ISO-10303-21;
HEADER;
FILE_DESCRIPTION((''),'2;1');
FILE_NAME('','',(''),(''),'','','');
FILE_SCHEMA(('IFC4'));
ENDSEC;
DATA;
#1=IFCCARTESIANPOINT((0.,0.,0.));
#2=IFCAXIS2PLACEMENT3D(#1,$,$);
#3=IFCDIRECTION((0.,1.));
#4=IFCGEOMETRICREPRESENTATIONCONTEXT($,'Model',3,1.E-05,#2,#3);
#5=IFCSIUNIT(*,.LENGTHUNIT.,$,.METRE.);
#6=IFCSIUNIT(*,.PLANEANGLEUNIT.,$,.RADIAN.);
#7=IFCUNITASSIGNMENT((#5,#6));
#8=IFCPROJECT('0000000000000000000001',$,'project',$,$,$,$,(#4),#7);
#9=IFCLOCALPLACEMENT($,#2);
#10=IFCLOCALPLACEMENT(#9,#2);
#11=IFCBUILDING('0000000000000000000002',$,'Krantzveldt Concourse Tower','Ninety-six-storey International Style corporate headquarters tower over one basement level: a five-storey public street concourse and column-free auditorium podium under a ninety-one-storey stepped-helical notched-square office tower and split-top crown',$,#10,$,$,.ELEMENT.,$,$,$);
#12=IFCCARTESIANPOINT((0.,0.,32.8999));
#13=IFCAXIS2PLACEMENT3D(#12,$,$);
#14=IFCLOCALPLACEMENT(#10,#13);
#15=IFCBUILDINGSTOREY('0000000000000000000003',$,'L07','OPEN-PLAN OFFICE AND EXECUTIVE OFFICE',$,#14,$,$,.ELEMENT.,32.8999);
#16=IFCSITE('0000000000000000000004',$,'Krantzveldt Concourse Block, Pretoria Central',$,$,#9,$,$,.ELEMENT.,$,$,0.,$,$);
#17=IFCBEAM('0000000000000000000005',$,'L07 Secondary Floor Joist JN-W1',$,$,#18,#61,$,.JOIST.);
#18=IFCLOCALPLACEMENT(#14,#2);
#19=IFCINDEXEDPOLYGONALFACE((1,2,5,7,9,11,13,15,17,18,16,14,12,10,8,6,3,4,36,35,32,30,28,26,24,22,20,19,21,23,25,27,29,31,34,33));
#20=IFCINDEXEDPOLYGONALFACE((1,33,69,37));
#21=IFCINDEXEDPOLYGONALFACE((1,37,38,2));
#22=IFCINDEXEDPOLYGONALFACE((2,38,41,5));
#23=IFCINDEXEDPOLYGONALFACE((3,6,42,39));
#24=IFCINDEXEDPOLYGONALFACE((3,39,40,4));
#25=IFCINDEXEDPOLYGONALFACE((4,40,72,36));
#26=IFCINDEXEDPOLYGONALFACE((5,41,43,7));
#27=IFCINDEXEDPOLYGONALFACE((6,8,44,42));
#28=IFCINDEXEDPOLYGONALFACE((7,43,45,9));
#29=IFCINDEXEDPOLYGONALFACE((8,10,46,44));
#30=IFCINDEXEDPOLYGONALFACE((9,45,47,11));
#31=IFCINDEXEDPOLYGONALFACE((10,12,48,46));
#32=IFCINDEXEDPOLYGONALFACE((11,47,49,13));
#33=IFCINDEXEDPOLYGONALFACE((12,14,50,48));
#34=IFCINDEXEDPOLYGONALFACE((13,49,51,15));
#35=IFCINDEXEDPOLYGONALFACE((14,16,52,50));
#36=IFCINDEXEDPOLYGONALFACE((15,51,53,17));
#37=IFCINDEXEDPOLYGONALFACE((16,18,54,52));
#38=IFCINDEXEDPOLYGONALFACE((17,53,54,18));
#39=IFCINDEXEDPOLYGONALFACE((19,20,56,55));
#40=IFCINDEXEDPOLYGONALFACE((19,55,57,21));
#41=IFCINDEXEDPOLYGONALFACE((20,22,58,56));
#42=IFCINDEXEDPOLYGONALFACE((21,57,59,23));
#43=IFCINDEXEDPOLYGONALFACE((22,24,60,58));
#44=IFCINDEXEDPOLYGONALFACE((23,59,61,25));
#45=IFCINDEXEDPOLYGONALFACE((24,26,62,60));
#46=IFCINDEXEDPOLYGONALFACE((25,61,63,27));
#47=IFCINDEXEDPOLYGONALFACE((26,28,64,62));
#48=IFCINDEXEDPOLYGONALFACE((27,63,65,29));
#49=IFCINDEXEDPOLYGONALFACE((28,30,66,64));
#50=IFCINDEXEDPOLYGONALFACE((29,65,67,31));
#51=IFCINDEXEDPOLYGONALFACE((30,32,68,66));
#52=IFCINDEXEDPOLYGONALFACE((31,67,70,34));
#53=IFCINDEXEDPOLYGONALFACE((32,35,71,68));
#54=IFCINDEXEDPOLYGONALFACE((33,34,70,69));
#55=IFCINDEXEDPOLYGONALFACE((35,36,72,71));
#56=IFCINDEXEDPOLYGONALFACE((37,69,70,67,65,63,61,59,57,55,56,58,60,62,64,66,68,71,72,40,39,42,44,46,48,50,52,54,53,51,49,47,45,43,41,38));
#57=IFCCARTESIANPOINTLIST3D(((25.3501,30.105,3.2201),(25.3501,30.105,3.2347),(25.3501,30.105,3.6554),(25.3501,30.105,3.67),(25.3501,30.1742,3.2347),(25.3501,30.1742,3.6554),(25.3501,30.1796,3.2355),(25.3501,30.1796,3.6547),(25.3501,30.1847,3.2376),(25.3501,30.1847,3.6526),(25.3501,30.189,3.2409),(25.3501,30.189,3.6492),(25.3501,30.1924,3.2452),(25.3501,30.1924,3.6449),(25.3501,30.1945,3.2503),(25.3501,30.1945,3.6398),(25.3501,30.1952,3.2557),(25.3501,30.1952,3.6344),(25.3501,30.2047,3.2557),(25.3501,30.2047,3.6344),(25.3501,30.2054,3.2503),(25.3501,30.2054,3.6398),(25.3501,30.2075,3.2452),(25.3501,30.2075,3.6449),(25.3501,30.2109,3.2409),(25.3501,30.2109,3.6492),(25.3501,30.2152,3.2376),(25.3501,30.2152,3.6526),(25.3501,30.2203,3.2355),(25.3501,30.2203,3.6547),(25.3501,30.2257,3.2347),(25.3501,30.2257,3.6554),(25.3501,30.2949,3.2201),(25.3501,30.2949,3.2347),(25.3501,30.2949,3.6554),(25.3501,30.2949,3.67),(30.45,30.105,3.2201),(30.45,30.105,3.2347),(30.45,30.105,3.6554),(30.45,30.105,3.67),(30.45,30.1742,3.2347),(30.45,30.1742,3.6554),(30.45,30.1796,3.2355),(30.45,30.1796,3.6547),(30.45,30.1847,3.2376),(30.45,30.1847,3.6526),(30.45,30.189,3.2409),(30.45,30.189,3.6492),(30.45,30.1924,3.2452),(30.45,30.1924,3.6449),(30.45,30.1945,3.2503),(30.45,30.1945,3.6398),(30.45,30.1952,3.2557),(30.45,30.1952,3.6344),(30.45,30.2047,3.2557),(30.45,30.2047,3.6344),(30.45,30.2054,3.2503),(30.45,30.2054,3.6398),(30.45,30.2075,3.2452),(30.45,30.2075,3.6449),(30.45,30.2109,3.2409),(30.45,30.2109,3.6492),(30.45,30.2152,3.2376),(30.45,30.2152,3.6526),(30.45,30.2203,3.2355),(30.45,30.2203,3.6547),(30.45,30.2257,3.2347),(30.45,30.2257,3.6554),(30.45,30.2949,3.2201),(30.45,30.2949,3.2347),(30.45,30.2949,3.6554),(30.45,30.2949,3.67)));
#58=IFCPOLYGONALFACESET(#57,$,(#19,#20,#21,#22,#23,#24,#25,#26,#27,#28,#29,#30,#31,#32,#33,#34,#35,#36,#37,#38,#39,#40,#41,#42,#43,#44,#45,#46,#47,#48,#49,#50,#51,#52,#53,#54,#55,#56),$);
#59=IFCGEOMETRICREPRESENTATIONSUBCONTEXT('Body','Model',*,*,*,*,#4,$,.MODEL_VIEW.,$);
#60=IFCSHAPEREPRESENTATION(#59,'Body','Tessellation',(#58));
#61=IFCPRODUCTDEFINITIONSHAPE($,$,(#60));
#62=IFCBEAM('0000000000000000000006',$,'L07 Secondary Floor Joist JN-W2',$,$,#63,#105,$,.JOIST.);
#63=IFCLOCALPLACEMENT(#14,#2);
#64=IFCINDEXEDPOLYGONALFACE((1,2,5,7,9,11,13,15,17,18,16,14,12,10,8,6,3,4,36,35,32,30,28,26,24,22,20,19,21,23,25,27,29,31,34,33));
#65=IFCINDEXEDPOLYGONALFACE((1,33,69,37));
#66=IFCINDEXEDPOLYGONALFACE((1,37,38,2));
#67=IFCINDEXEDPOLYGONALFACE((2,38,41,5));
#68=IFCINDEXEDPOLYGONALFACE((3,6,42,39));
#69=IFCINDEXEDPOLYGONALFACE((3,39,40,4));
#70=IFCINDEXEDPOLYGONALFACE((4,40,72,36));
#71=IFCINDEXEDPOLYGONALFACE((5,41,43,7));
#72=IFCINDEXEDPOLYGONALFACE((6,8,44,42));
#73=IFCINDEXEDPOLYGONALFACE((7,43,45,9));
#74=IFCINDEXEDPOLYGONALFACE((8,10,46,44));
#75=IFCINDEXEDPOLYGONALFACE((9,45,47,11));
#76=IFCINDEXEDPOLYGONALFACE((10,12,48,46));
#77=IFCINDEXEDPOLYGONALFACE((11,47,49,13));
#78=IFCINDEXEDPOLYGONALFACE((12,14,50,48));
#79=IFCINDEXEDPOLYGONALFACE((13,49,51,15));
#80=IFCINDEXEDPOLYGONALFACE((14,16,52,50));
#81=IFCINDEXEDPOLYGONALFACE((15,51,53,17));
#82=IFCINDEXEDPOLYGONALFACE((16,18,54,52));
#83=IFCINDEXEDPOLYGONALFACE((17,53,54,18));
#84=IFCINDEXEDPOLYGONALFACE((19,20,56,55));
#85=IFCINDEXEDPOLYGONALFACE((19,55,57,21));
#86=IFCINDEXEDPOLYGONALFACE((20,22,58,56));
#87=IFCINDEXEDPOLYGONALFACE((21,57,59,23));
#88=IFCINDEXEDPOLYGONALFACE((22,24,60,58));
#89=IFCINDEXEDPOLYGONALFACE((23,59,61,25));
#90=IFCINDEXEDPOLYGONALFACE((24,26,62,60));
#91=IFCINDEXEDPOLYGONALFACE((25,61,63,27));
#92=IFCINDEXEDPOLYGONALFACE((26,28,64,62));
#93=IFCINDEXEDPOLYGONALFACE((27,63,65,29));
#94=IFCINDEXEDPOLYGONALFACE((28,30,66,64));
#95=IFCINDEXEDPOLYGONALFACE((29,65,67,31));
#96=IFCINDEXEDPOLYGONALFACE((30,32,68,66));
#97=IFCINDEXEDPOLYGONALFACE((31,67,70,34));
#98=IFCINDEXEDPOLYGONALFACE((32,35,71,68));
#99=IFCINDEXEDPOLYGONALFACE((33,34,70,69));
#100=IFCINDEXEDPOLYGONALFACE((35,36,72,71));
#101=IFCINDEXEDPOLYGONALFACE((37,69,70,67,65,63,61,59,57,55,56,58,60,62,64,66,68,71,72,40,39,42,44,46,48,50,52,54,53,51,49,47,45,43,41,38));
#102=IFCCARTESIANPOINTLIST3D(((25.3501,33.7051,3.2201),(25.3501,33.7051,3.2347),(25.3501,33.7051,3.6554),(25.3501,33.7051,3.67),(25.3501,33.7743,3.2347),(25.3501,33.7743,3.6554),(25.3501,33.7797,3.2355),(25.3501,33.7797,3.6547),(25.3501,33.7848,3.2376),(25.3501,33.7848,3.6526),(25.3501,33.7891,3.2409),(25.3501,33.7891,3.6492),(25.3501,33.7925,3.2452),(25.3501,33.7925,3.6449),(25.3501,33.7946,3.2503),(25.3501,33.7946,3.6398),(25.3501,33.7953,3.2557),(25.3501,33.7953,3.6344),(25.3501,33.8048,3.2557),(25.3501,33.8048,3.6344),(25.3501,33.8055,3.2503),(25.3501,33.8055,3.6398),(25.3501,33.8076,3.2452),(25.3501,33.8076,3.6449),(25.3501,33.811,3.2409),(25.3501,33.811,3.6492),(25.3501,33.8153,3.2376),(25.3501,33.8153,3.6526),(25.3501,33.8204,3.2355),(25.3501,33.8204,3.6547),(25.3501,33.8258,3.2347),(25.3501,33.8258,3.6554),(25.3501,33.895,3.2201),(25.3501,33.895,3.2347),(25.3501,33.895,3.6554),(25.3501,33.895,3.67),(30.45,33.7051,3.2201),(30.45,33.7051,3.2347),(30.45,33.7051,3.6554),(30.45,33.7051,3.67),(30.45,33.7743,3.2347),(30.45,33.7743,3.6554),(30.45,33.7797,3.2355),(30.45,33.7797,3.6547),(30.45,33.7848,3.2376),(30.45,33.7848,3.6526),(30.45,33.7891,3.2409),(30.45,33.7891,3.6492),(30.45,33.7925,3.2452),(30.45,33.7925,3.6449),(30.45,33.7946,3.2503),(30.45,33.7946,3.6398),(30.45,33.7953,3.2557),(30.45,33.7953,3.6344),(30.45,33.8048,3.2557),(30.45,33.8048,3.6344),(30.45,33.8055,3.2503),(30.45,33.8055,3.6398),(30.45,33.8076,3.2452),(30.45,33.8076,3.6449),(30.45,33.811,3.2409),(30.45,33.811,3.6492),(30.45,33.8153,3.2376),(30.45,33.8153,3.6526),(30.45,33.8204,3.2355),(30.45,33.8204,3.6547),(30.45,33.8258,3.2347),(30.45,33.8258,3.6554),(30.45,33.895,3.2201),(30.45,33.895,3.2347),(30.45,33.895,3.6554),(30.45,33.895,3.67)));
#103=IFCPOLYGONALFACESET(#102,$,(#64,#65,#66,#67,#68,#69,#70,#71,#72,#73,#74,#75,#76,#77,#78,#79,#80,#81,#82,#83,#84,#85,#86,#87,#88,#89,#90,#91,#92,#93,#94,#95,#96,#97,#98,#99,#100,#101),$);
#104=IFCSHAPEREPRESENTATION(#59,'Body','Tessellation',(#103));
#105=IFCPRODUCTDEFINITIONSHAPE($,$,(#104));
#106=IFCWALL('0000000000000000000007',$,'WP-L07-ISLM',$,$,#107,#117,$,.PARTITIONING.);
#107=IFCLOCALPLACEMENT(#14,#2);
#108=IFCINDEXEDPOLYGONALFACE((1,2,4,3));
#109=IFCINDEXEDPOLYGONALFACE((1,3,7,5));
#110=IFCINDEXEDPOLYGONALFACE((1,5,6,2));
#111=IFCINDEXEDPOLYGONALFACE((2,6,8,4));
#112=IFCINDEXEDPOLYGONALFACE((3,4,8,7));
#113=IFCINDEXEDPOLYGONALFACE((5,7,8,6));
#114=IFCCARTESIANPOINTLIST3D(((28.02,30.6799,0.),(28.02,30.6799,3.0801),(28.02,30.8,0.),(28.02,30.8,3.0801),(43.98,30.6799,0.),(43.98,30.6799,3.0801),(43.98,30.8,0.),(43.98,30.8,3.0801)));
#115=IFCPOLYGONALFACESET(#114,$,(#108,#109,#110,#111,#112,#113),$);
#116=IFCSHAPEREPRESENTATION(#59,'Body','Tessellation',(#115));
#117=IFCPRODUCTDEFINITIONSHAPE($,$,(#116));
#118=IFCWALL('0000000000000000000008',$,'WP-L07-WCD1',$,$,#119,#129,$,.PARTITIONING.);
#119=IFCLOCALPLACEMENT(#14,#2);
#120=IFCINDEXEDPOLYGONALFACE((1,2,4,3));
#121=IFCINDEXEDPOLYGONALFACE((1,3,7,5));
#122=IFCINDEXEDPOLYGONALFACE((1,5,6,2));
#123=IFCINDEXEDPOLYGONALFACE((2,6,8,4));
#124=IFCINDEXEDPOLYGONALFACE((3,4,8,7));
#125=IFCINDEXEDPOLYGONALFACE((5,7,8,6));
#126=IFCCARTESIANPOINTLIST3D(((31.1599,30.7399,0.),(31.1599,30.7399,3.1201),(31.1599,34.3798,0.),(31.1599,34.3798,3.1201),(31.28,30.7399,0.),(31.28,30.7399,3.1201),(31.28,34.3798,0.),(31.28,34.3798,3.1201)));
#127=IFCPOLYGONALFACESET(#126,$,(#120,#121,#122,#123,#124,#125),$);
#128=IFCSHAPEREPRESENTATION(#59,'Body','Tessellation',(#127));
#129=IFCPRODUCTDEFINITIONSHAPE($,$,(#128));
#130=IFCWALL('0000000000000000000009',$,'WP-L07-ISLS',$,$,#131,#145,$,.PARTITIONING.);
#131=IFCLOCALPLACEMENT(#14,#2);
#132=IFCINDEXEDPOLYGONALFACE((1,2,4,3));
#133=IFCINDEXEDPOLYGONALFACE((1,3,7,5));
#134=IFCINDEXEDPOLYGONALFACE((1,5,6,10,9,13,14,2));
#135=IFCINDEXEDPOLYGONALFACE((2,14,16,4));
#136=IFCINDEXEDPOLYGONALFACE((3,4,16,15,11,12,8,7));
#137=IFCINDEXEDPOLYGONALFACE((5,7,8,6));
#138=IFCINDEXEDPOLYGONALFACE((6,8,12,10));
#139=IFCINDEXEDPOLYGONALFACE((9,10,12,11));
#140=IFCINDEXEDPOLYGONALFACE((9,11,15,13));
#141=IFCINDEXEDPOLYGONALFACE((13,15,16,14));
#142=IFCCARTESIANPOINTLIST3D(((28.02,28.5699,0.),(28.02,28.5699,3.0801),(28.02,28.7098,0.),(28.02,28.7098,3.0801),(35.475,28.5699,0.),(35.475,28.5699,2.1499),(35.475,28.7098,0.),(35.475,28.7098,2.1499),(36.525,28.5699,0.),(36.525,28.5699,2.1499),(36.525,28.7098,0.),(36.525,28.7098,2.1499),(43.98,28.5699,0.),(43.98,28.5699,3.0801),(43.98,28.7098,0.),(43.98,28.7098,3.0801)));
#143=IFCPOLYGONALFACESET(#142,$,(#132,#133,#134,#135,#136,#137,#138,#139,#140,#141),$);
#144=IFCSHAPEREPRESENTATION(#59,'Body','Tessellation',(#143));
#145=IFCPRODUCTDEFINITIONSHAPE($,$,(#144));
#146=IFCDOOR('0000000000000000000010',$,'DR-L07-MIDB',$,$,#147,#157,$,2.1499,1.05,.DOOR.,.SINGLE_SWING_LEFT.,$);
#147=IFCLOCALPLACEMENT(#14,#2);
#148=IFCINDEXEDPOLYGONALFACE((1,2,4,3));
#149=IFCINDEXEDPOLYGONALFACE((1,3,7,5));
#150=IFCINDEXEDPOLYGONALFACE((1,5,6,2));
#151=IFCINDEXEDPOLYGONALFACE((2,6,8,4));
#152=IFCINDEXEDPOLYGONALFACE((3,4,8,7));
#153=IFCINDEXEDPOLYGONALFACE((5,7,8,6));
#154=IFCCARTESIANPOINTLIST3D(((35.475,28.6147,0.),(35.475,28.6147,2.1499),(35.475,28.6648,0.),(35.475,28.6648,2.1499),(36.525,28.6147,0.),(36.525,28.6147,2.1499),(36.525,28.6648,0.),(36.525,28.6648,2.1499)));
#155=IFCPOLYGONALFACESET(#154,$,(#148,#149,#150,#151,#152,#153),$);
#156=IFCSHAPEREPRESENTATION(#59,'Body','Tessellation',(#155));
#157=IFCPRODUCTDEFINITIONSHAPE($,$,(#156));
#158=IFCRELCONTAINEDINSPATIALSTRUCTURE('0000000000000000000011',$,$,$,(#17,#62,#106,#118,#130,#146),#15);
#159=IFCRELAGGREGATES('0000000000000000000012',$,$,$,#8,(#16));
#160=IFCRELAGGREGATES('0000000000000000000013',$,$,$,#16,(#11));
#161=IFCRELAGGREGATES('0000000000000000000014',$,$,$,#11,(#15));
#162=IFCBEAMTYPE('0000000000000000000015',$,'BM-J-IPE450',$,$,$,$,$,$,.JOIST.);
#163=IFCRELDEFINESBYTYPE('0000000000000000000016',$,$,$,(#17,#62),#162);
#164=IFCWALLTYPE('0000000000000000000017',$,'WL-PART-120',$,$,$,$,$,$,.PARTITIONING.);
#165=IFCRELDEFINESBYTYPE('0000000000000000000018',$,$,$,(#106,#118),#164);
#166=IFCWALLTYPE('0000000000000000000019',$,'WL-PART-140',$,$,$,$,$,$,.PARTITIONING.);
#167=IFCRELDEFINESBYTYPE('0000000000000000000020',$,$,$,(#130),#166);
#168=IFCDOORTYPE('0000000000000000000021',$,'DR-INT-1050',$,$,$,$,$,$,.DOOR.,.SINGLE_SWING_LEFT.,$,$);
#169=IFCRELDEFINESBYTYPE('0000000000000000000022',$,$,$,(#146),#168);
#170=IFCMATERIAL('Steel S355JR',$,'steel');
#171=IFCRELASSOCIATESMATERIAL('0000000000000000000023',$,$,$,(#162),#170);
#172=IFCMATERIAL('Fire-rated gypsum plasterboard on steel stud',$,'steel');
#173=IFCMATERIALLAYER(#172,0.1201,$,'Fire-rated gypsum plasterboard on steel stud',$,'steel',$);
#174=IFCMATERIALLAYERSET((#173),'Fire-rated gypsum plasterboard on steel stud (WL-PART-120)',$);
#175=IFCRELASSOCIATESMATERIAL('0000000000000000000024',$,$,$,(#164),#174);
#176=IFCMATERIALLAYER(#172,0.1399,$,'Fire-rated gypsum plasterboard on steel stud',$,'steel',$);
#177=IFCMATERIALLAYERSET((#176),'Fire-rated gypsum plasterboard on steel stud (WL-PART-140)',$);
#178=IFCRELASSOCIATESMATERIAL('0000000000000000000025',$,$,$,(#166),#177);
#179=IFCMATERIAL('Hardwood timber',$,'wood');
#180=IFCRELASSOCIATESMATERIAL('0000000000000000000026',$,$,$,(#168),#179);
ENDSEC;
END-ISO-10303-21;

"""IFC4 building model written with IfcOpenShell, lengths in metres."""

from ifc_helpers import new_model, si_unit, direction, frame, frame_2d, origin, origin_2d, place, context, subcontext, project, spatial, rectangle, i_section, extrude, source, transform, mapped, material, layer, layer_set, material_profile, profile_set, type_object, type_shapes, element, fill, save


model = new_model("IFC4")

# Units and contexts
model_context = context("Model", 3, precision=1e-05, world=origin(), true_north=direction((0.0, 1.0)))
body_context = subcontext(model_context, "Body", "Model", "MODEL_VIEW")
ifc_project = project(units=[si_unit("LENGTHUNIT", "METRE"), si_unit("PLANEANGLEUNIT", "RADIAN")], contexts=[model_context])

# Site, building, storey
site_placement = place(None, origin())
site = spatial("IfcSite", under=ifc_project, at=site_placement, Name="Krantzveldt Concourse Block, Pretoria Central", CompositionType="ELEMENT", RefElevation=0.0)
building_placement = place(site_placement, origin())
building = spatial("IfcBuilding", under=site, at=building_placement, Name="Krantzveldt Concourse Tower", Description="Ninety-six-storey International Style corporate headquarters tower over one basement level: a five-storey public street concourse and column-free auditorium podium under a ninety-one-storey stepped-helical notched-square office tower and split-top crown", CompositionType="ELEMENT")
storey_placement = place(building_placement, frame((0.0, 0.0, 32.8999)))
storey = spatial("IfcBuildingStorey", under=building, at=storey_placement, Name="L07", Description="OPEN-PLAN OFFICE AND EXECUTIVE OFFICE", CompositionType="ELEMENT", Elevation=32.8999)

# Beams
ifc_material_1 = material(Name="Steel S355JR", Category="steel")
ifc_material_profile_1 = material_profile(ifc_material_1, i_section(OverallWidth=0.1899, OverallDepth=0.45, WebThickness=0.0095, FlangeThickness=0.0146, FilletRadius=0.021, at=origin_2d()), Name="Steel S355JR", Category="steel")
ifc_profile_set_1 = profile_set([ifc_material_profile_1], Name="Steel S355JR - IPE 450")
beam_type_1 = type_object("IfcBeamType", Name="BM-J-IPE450", PredefinedType="JOIST", material=ifc_profile_set_1)
shared_shape_1 = source(origin(), body_context, "Body", "SweptSolid", [
    extrude(i_section(OverallWidth=0.1899, OverallDepth=0.45, WebThickness=0.0095, FlangeThickness=0.0146, FilletRadius=0.021, at=origin_2d()), origin(), (0.0, 0.0, 1.0), 5.0999),
])
type_shapes(beam_type_1, [shared_shape_1])
for number, where, z_axis, x_axis, name in (
    (1, (25.3501, 30.2, 3.4451), (1.0, 0.0, 0.0), (0.0, 1.0, 0.0), "L07 Secondary Floor Joist JN-W1"),
    (2, (25.3501, 33.8, 3.4451), (1.0, 0.0, 0.0), (0.0, 1.0, 0.0), "L07 Secondary Floor Joist JN-W2"),
):
    element("IfcBeam", number, at=place(storey_placement, frame(where, z_axis=z_axis, x_axis=x_axis)), inside=storey, type_object=beam_type_1, Name=name, PredefinedType="JOIST", context=body_context, shape_type="MappedRepresentation", body=[
        mapped(shared_shape_1, transform((0.0, 0.0, 0.0), x_axis=(1.0, 0.0, 0.0), y_axis=(0.0, 1.0, 0.0), z_axis=(0.0, 0.0, 1.0), scale=1.0)),
    ])

# Walls
ifc_material_2 = material(Name="Fire-rated gypsum plasterboard on steel stud", Category="steel")
ifc_layer_1 = layer(ifc_material_2, 0.1201, Name="Fire-rated gypsum plasterboard on steel stud", Category="steel")
ifc_layer_set_1 = layer_set([ifc_layer_1], Name="Fire-rated gypsum plasterboard on steel stud (WL-PART-120)")
wall_type_1 = type_object("IfcWallType", Name="WL-PART-120", PredefinedType="PARTITIONING", material=ifc_layer_set_1)
wall_1_placement = place(storey_placement, frame((28.02, 30.74, 0.0), z_axis=(0.0, 0.0, 1.0), x_axis=(1.0, 0.0, 0.0)))
element("IfcWall", 3, at=wall_1_placement, inside=storey, type_object=wall_type_1, Name="WP-L07-ISLM", PredefinedType="PARTITIONING", context=body_context, shape_type="SweptSolid", body=[
    extrude(rectangle(XDim=15.96, YDim=0.1201, at=frame_2d((7.98, 0.0))), origin(), (0.0, 0.0, 1.0), 3.0801),
])
wall_2_placement = place(storey_placement, frame((31.22, 30.74, 0.0), z_axis=(0.0, 0.0, 1.0), x_axis=(0.0, 1.0, 0.0)))
element("IfcWall", 4, at=wall_2_placement, inside=storey, type_object=wall_type_1, Name="WP-L07-WCD1", PredefinedType="PARTITIONING", context=body_context, shape_type="SweptSolid", body=[
    extrude(rectangle(XDim=3.6399, YDim=0.1201, at=frame_2d((1.8198, 0.0))), origin(), (0.0, 0.0, 1.0), 3.1201),
])

# Wall, opening, door
ifc_layer_2 = layer(ifc_material_2, 0.1399, Name="Fire-rated gypsum plasterboard on steel stud", Category="steel")
ifc_layer_set_2 = layer_set([ifc_layer_2], Name="Fire-rated gypsum plasterboard on steel stud (WL-PART-140)")
wall_type_2 = type_object("IfcWallType", Name="WL-PART-140", PredefinedType="PARTITIONING", material=ifc_layer_set_2)
wall_3_placement = place(storey_placement, frame((28.02, 28.6399, 0.0), z_axis=(0.0, 0.0, 1.0), x_axis=(1.0, 0.0, 0.0)))
wall_3 = element("IfcWall", 5, at=wall_3_placement, inside=storey, type_object=wall_type_2, Name="WP-L07-ISLS", PredefinedType="PARTITIONING", context=body_context, shape_type="SweptSolid", body=[
    extrude(rectangle(XDim=15.96, YDim=0.1399, at=frame_2d((7.98, 0.0))), origin(), (0.0, 0.0, 1.0), 3.0801),
])
opening_1_placement = place(wall_3_placement, frame((7.4551, 0.0, 0.0)))
opening_1 = element("IfcOpeningElement", 6, at=opening_1_placement, cuts=wall_3, PredefinedType="OPENING", context=body_context, shape_type="SweptSolid", body=[
    extrude(rectangle(XDim=1.05, YDim=2.1499, at=frame_2d((0.5249, 1.075))), frame((0.0, 0.0801, 0.0), z_axis=(0.0, -1.0, 0.0), x_axis=(1.0, 0.0, 0.0)), (0.0, 0.0, 1.0), 0.1599),
])
ifc_material_3 = material(Name="Hardwood timber", Category="wood")
door_type_1 = type_object("IfcDoorType", Name="DR-INT-1050", OperationType="SINGLE_SWING_LEFT", PredefinedType="DOOR", material=ifc_material_3)
door_1_placement = place(opening_1_placement, origin())
door_1 = element("IfcDoor", 7, at=door_1_placement, inside=storey, type_object=door_type_1, Name="DR-L07-MIDB", OperationType="SINGLE_SWING_LEFT", OverallHeight=2.1499, OverallWidth=1.05, PredefinedType="DOOR", context=body_context, shape_type="SweptSolid", body=[
    extrude(rectangle(XDim=1.05, YDim=2.1499, at=frame_2d((0.5249, 1.075))), frame((0.0, 0.0249, 0.0), z_axis=(0.0, -1.0, 0.0), x_axis=(1.0, 0.0, 0.0)), (0.0, 0.0, 1.0), 0.05),
])
fill(opening_1, door_1)

save(model, "model.ifc")
